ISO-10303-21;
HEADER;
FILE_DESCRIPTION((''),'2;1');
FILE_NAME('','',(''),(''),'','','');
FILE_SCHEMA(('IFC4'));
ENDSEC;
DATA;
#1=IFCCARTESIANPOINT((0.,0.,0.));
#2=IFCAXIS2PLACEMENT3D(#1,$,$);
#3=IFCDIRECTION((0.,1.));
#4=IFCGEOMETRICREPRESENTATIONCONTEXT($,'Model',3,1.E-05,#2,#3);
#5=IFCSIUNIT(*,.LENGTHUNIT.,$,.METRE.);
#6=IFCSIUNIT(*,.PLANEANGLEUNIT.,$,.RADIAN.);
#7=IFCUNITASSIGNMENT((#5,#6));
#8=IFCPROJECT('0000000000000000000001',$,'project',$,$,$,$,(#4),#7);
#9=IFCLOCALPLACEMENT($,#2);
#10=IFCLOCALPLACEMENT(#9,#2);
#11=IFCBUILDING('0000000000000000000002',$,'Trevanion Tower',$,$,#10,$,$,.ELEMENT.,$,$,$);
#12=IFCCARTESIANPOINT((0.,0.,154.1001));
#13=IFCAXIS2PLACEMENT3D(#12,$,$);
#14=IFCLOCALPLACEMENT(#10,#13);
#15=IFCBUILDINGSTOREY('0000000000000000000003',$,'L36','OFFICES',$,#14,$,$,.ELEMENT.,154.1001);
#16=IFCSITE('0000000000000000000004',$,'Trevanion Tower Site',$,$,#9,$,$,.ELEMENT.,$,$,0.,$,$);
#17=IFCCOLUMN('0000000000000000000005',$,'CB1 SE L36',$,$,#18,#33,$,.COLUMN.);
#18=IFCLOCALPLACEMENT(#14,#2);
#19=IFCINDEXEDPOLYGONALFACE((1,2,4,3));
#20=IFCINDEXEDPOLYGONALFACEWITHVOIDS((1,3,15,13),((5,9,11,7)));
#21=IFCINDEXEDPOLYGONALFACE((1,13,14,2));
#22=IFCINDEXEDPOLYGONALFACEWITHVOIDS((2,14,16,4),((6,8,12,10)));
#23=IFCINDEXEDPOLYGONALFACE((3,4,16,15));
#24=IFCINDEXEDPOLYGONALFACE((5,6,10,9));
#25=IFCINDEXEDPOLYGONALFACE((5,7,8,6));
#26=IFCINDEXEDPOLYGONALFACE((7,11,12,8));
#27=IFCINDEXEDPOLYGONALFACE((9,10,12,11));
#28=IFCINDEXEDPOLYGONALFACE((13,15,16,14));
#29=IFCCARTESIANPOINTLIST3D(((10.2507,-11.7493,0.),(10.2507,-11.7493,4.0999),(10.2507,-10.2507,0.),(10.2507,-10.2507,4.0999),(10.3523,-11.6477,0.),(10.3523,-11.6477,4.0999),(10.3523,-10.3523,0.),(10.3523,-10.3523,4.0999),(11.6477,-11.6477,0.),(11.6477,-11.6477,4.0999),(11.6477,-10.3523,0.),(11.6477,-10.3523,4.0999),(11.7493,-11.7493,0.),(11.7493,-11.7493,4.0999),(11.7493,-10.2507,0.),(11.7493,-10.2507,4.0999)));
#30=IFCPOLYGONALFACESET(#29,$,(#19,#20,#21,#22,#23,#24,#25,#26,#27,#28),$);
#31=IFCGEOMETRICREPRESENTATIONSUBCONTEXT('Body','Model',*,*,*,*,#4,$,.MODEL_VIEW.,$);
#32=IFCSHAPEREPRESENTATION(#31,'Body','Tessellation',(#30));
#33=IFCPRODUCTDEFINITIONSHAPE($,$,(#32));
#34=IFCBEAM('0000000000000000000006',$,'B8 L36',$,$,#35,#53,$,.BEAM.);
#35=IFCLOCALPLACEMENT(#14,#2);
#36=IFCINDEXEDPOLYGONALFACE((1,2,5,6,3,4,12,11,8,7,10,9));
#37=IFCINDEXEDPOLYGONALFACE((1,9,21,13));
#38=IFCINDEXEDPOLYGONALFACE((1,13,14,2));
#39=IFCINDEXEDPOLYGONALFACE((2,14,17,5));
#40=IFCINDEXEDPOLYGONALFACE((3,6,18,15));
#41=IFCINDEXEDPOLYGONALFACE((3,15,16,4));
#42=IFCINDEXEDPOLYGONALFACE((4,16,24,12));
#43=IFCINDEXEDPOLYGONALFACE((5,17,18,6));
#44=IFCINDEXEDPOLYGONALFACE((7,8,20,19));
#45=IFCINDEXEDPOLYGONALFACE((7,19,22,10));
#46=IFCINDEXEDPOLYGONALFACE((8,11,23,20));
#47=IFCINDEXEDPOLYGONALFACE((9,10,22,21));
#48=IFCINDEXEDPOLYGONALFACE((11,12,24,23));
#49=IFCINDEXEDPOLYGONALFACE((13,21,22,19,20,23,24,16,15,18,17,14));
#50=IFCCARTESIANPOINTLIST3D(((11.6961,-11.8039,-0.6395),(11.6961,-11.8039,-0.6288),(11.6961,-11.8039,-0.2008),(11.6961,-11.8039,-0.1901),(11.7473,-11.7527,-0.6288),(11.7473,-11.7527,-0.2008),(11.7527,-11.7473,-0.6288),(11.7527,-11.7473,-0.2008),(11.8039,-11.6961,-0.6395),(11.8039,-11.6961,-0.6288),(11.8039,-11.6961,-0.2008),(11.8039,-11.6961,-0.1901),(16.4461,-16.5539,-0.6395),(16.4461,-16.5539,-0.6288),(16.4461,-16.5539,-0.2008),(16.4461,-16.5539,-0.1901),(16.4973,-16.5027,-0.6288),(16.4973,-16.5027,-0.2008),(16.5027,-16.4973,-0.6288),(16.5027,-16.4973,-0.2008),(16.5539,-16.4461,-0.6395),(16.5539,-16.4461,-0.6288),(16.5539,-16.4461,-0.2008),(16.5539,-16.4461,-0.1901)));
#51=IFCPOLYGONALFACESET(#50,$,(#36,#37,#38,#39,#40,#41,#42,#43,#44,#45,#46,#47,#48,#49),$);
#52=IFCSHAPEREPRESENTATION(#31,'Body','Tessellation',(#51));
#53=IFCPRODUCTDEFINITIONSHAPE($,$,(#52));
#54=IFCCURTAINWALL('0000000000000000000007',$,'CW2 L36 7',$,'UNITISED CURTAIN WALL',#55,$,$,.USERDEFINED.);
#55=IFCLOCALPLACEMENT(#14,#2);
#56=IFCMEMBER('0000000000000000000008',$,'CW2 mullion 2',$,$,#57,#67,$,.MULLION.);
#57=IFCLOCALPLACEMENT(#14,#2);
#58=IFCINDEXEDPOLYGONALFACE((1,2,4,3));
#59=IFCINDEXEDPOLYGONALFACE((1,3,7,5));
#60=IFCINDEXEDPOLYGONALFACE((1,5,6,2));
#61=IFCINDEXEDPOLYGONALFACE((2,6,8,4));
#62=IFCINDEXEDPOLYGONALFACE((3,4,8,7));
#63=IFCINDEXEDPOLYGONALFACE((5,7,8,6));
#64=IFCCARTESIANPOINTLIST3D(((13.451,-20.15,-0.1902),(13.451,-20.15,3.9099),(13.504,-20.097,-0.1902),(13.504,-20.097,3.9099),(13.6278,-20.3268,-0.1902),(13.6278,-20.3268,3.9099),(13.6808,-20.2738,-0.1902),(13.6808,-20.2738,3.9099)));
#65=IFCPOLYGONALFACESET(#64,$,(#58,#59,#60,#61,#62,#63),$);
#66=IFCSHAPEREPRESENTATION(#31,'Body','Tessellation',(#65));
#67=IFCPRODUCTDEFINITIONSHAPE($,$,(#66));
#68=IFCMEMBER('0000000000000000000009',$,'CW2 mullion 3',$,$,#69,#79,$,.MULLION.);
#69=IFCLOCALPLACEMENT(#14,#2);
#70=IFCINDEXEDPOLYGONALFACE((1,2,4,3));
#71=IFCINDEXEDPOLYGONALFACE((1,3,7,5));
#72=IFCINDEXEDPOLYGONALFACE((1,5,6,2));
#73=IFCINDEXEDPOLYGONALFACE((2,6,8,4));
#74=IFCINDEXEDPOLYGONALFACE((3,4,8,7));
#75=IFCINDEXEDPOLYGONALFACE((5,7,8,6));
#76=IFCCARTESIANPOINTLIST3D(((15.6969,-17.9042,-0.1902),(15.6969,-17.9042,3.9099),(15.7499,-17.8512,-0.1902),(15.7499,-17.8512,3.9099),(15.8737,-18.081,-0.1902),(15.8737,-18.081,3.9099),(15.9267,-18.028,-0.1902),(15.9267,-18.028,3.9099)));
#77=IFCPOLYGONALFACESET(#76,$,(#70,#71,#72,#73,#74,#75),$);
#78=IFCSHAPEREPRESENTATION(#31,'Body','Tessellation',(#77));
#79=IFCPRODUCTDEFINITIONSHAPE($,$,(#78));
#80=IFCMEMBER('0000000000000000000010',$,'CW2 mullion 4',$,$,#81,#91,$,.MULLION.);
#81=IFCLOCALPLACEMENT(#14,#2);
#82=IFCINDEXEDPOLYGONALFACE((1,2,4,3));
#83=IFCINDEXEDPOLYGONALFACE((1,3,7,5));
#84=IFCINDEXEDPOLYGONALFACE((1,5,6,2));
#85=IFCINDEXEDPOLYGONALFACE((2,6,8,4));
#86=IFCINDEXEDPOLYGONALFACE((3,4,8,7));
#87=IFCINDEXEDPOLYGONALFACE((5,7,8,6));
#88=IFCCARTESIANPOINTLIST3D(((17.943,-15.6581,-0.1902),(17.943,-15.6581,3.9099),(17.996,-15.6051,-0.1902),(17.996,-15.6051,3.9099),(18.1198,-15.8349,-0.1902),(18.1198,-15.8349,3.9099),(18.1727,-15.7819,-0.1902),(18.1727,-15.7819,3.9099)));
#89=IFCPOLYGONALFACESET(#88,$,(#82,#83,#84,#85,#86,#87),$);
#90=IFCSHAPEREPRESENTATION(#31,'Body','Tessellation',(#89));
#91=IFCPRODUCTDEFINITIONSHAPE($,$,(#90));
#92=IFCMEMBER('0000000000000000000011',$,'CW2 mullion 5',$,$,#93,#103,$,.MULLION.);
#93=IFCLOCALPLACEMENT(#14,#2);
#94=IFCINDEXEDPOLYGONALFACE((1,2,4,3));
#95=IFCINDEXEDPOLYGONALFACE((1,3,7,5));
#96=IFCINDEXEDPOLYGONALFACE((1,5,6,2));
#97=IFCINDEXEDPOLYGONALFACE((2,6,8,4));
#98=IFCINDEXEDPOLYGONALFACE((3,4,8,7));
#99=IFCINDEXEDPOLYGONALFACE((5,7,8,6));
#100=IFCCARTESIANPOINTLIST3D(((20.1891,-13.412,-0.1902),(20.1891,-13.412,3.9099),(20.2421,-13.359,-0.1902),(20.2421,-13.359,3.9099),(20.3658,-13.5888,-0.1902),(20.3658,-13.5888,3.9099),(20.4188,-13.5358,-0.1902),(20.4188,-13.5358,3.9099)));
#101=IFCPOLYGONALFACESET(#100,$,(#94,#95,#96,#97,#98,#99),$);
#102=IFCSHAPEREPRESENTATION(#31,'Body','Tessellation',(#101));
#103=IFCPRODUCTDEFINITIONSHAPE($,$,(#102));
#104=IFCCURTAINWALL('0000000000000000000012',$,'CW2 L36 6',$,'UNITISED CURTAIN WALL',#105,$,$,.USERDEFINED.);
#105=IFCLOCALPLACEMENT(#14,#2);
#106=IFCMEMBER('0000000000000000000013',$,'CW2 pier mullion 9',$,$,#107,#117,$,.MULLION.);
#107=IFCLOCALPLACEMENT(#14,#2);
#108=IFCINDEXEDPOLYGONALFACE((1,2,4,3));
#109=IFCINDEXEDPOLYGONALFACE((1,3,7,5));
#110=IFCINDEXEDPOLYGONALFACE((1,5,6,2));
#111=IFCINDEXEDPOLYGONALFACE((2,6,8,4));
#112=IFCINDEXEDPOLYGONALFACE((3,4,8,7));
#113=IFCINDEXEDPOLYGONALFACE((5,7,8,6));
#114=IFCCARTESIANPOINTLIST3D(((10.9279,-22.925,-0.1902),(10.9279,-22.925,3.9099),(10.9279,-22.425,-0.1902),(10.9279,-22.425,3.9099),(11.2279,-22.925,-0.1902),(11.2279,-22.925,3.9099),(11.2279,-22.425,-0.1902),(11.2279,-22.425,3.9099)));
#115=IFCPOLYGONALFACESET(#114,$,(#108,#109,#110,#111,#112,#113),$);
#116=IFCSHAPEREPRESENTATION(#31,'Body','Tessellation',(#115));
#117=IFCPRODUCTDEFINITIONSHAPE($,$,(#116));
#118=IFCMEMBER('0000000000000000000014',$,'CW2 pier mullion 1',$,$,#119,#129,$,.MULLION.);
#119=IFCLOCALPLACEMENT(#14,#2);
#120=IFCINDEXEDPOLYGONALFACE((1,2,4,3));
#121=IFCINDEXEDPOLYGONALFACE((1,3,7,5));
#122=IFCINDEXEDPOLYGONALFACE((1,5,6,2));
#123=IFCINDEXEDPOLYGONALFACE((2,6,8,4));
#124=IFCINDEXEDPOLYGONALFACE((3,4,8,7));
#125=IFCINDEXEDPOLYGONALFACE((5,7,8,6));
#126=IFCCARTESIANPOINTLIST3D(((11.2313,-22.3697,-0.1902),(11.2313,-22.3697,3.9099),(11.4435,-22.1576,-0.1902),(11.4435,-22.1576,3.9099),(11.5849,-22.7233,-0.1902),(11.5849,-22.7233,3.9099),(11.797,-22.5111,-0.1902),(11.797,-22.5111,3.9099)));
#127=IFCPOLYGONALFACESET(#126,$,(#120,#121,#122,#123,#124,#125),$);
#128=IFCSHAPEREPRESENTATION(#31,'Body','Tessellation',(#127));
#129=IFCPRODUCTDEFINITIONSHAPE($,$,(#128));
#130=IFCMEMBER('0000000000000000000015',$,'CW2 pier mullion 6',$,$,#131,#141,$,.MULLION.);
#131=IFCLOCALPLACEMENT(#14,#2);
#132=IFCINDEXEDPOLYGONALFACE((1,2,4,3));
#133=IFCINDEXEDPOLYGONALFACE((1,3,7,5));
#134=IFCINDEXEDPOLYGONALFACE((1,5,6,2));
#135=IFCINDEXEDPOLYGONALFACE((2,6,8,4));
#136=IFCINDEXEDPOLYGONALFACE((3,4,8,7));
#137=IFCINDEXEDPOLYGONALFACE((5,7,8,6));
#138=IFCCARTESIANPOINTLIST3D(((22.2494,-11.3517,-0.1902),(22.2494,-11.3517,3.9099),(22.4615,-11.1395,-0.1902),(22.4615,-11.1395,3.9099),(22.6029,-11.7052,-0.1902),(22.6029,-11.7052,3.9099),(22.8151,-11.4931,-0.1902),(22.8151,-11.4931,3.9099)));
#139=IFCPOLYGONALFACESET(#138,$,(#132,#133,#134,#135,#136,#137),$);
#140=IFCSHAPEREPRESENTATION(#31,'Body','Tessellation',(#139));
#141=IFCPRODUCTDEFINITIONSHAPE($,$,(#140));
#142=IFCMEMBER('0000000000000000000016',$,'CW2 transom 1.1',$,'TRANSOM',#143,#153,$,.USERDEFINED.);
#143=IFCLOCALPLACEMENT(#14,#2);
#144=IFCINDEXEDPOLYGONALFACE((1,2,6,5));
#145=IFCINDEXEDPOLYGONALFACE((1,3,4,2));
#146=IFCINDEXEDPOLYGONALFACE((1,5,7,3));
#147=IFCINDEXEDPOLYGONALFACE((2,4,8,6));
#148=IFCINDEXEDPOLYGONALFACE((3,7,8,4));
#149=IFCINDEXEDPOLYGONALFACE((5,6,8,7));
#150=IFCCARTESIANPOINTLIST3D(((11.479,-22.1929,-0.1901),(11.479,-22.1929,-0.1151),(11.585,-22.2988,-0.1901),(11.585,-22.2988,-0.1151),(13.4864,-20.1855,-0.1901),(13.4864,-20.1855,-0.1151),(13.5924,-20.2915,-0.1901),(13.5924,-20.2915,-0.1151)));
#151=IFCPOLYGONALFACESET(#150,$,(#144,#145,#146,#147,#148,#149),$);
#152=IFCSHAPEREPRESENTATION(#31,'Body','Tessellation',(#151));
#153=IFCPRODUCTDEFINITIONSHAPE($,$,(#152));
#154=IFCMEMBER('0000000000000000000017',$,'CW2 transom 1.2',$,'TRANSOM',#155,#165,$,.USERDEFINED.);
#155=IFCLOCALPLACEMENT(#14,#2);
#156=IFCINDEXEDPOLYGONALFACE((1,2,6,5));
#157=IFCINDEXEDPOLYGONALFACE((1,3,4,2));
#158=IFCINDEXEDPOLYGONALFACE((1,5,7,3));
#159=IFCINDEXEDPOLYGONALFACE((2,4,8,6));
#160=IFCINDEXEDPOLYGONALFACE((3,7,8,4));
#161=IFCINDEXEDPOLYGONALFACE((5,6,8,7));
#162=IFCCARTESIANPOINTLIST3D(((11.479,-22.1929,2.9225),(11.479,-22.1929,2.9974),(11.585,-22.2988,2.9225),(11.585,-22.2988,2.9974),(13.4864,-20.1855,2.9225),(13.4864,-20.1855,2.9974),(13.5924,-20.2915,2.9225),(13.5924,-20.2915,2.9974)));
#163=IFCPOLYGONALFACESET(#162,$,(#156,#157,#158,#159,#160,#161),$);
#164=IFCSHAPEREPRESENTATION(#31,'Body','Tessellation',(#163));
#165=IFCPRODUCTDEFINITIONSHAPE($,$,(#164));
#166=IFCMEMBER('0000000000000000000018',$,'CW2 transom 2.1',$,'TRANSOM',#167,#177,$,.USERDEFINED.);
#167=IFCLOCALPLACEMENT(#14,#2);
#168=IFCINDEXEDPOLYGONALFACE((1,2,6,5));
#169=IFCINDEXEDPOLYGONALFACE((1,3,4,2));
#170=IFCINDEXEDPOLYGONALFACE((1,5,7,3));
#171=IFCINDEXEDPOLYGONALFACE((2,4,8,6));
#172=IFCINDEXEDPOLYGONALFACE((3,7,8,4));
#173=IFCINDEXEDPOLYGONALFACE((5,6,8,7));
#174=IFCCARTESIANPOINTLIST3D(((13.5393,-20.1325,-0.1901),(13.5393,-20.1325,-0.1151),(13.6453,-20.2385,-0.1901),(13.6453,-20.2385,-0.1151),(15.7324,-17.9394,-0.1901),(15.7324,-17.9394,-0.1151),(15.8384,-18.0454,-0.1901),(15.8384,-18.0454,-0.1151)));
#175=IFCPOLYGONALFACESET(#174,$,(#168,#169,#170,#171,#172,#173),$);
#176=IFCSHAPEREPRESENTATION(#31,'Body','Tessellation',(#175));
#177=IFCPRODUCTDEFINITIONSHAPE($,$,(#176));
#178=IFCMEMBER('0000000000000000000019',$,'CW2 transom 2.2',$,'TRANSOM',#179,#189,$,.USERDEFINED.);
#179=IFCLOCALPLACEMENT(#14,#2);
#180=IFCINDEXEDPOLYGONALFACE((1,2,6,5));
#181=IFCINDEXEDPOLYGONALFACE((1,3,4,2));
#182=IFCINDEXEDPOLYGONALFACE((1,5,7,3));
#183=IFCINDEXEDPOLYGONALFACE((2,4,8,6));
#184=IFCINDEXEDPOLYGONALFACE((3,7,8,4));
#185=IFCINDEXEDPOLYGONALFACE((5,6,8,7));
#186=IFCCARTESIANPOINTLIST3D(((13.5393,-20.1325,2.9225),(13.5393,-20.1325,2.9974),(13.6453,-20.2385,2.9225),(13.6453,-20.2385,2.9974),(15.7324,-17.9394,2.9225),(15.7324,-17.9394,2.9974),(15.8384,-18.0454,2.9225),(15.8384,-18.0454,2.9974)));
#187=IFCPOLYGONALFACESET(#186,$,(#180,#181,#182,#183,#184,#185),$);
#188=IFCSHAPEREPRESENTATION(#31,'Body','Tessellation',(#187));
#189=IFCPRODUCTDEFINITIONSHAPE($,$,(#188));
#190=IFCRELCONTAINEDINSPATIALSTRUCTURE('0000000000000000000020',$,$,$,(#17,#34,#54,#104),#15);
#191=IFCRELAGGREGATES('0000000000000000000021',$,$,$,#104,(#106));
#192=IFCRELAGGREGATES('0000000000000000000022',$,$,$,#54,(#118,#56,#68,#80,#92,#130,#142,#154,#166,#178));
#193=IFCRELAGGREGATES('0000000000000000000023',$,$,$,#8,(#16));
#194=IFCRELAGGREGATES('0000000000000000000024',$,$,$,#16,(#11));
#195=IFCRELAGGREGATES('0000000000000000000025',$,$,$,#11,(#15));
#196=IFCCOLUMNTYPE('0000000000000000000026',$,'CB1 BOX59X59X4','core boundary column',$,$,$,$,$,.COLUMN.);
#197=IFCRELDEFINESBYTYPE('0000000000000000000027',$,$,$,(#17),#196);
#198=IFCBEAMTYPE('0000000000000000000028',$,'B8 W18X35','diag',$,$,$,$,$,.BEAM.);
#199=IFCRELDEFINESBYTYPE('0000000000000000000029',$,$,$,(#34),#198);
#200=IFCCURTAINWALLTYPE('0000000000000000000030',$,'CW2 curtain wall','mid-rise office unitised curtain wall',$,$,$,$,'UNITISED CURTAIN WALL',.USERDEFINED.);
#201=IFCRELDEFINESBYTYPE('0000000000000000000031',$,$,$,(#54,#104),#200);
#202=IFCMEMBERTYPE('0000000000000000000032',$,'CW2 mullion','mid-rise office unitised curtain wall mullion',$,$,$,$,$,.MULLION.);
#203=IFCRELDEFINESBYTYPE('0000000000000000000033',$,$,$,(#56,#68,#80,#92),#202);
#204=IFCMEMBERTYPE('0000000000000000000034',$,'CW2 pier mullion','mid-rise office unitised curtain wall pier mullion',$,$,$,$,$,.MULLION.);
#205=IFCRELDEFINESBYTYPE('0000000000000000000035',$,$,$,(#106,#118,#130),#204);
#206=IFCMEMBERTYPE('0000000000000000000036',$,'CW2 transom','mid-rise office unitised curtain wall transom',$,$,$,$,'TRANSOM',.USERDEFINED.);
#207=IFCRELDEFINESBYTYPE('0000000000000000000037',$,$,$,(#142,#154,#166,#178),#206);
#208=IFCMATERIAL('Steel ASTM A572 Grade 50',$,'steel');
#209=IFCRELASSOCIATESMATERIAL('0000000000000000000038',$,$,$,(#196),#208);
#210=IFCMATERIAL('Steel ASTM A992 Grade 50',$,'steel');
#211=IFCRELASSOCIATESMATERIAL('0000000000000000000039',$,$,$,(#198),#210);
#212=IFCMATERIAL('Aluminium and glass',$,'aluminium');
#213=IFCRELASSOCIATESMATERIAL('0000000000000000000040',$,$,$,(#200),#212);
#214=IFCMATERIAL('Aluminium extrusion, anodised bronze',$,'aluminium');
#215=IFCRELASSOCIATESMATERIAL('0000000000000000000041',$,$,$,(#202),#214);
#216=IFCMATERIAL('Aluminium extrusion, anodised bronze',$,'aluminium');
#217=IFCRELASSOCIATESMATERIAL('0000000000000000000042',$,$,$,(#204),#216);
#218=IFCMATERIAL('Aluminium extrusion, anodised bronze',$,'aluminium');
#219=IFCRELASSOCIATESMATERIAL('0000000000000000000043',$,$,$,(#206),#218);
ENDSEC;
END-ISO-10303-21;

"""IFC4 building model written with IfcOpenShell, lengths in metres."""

from ifc_helpers import new_model, si_unit, direction, frame, origin, origin_2d, place, context, subcontext, project, spatial, rectangle, hollow_rectangle, i_section, extrude, material, material_profile, profile_set, type_object, element, aggregate, save


model = new_model("IFC4")

# Units and contexts
model_context = context("Model", 3, precision=1e-05, world=origin(), true_north=direction((0.0, 1.0)))
body_context = subcontext(model_context, "Body", "Model", "MODEL_VIEW")
ifc_project = project(units=[si_unit("LENGTHUNIT", "METRE"), si_unit("PLANEANGLEUNIT", "RADIAN")], contexts=[model_context])

# Site, building, storey
site_placement = place(None, origin())
site = spatial("IfcSite", under=ifc_project, at=site_placement, Name="Trevanion Tower Site", CompositionType="ELEMENT", RefElevation=0.0)
building_placement = place(site_placement, origin())
building = spatial("IfcBuilding", under=site, at=building_placement, Name="Trevanion Tower", CompositionType="ELEMENT")
storey_placement = place(building_placement, frame((0.0, 0.0, 154.1001)))
storey = spatial("IfcBuildingStorey", under=building, at=storey_placement, Name="L36", Description="OFFICES", CompositionType="ELEMENT", Elevation=154.1001)

# Column
ifc_material_1 = material(Name="Steel ASTM A572 Grade 50", Category="steel")
ifc_material_profile_1 = material_profile(ifc_material_1, hollow_rectangle(XDim=1.4985, YDim=1.4985, WallThickness=0.1016, at=origin_2d()), Name="BOX59X59X4")
ifc_profile_set_1 = profile_set([ifc_material_profile_1], Name="Steel ASTM A572 Grade 50")
column_type = type_object("IfcColumnType", Name="CB1 BOX59X59X4", Description="core boundary column", PredefinedType="COLUMN", material=ifc_profile_set_1)
column_placement = place(storey_placement, frame((11.0, -11.0, 0.0), z_axis=(0.0, 0.0, 1.0), x_axis=(1.0, 0.0, 0.0)))
element("IfcColumn", 1, at=column_placement, inside=storey, type_object=column_type, Name="CB1 SE L36", PredefinedType="COLUMN", context=body_context, shape_type="SweptSolid", body=[
    extrude(hollow_rectangle(XDim=1.4985, YDim=1.4985, WallThickness=0.1016, at=origin_2d()), origin(), (0.0, 0.0, 1.0), 4.0999),
])

# Beam
ifc_material_2 = material(Name="Steel ASTM A992 Grade 50", Category="steel")
ifc_material_profile_2 = material_profile(ifc_material_2, i_section(OverallWidth=0.1523, OverallDepth=0.4495, WebThickness=0.0076, FlangeThickness=0.0107, at=origin_2d()), Name="W18X35")
ifc_profile_set_2 = profile_set([ifc_material_profile_2], Name="Steel ASTM A992 Grade 50")
beam_type = type_object("IfcBeamType", Name="B8 W18X35", Description="diag", PredefinedType="BEAM", material=ifc_profile_set_2)
beam_placement = place(storey_placement, frame((11.75, -11.75, -0.4148), z_axis=(0.707107, -0.707107, 0.0), x_axis=(0.707107, 0.707107, 0.0)))
element("IfcBeam", 2, at=beam_placement, inside=storey, type_object=beam_type, Name="B8 L36", PredefinedType="BEAM", context=body_context, shape_type="SweptSolid", body=[
    extrude(i_section(OverallWidth=0.1523, OverallDepth=0.4495, WebThickness=0.0076, FlangeThickness=0.0107, at=origin_2d()), origin(), (0.0, 0.0, 1.0), 6.7175),
])

# Curtain wall, members
ifc_material_3 = material(Name="Aluminium and glass", Category="aluminium")
curtain_wall_type = type_object("IfcCurtainWallType", Name="CW2 curtain wall", Description="mid-rise office unitised curtain wall", ElementType="UNITISED CURTAIN WALL", PredefinedType="USERDEFINED", material=ifc_material_3)
curtain_wall_1_placement = place(storey_placement, origin())
curtain_wall_1 = element("IfcCurtainWall", 3, at=curtain_wall_1_placement, inside=storey, type_object=curtain_wall_type, Name="CW2 L36 7", ObjectType="UNITISED CURTAIN WALL", PredefinedType="USERDEFINED")
ifc_material_4 = material(Name="Aluminium extrusion, anodised bronze", Category="aluminium")
ifc_material_profile_3 = material_profile(ifc_material_4, rectangle(XDim=0.075, YDim=0.25, at=origin_2d()), Name="CW2 mullion")
ifc_profile_set_3 = profile_set([ifc_material_profile_3], Name="Aluminium extrusion, anodised bronze")
member_type_1 = type_object("IfcMemberType", Name="CW2 mullion", Description="mid-rise office unitised curtain wall mullion", PredefinedType="MULLION", material=ifc_profile_set_3)
member_1_placement = place(storey_placement, frame((13.5659, -20.2119, -0.1902), z_axis=(0.0, 0.0, 1.0), x_axis=(0.707107, 0.707107, 0.0)))
member_1 = element("IfcMember", 4, at=member_1_placement, type_object=member_type_1, Name="CW2 mullion 2", PredefinedType="MULLION", context=body_context, shape_type="SweptSolid", body=[
    extrude(rectangle(XDim=0.075, YDim=0.25, at=origin_2d()), origin(), (0.0, 0.0, 1.0), 4.1001),
])
member_2_placement = place(storey_placement, frame((15.8118, -17.9661, -0.1902), z_axis=(0.0, 0.0, 1.0), x_axis=(0.707107, 0.707107, 0.0)))
member_2 = element("IfcMember", 5, at=member_2_placement, type_object=member_type_1, Name="CW2 mullion 3", PredefinedType="MULLION", context=body_context, shape_type="SweptSolid", body=[
    extrude(rectangle(XDim=0.075, YDim=0.25, at=origin_2d()), origin(), (0.0, 0.0, 1.0), 4.1001),
])
member_3_placement = place(storey_placement, frame((18.0579, -15.72, -0.1902), z_axis=(0.0, 0.0, 1.0), x_axis=(0.707107, 0.707107, 0.0)))
member_3 = element("IfcMember", 6, at=member_3_placement, type_object=member_type_1, Name="CW2 mullion 4", PredefinedType="MULLION", context=body_context, shape_type="SweptSolid", body=[
    extrude(rectangle(XDim=0.075, YDim=0.25, at=origin_2d()), origin(), (0.0, 0.0, 1.0), 4.1001),
])
member_4_placement = place(storey_placement, frame((20.304, -13.4739, -0.1902), z_axis=(0.0, 0.0, 1.0), x_axis=(0.707107, 0.707107, 0.0)))
member_4 = element("IfcMember", 7, at=member_4_placement, type_object=member_type_1, Name="CW2 mullion 5", PredefinedType="MULLION", context=body_context, shape_type="SweptSolid", body=[
    extrude(rectangle(XDim=0.075, YDim=0.25, at=origin_2d()), origin(), (0.0, 0.0, 1.0), 4.1001),
])

# Curtain wall, member
curtain_wall_2_placement = place(storey_placement, origin())
curtain_wall_2 = element("IfcCurtainWall", 8, at=curtain_wall_2_placement, inside=storey, type_object=curtain_wall_type, Name="CW2 L36 6", ObjectType="UNITISED CURTAIN WALL", PredefinedType="USERDEFINED")
ifc_material_5 = material(Name="Aluminium extrusion, anodised bronze", Category="aluminium")
ifc_material_profile_4 = material_profile(ifc_material_5, rectangle(XDim=0.3, YDim=0.5, at=origin_2d()), Name="CW2 pier mullion")
ifc_profile_set_4 = profile_set([ifc_material_profile_4], Name="Aluminium extrusion, anodised bronze")
member_type_2 = type_object("IfcMemberType", Name="CW2 pier mullion", Description="mid-rise office unitised curtain wall pier mullion", PredefinedType="MULLION", material=ifc_profile_set_4)
member_5_placement = place(storey_placement, frame((11.0779, -22.675, -0.1902), z_axis=(0.0, 0.0, 1.0), x_axis=(1.0, 0.0, 0.0)))
member_5 = element("IfcMember", 9, at=member_5_placement, type_object=member_type_2, Name="CW2 pier mullion 9", PredefinedType="MULLION", context=body_context, shape_type="SweptSolid", body=[
    extrude(rectangle(XDim=0.3, YDim=0.5, at=origin_2d()), origin(), (0.0, 0.0, 1.0), 4.1001),
])
aggregate(curtain_wall_2, [member_5])

# Members
member_6_placement = place(storey_placement, frame((11.5142, -22.4404, -0.1902), z_axis=(0.0, 0.0, 1.0), x_axis=(0.707107, 0.707107, 0.0)))
member_6 = element("IfcMember", 10, at=member_6_placement, type_object=member_type_2, Name="CW2 pier mullion 1", PredefinedType="MULLION", context=body_context, shape_type="SweptSolid", body=[
    extrude(rectangle(XDim=0.3, YDim=0.5, at=origin_2d()), origin(), (0.0, 0.0, 1.0), 4.1001),
])
member_7_placement = place(storey_placement, frame((22.5322, -11.4224, -0.1902), z_axis=(0.0, 0.0, 1.0), x_axis=(0.707107, 0.707107, 0.0)))
member_7 = element("IfcMember", 11, at=member_7_placement, type_object=member_type_2, Name="CW2 pier mullion 6", PredefinedType="MULLION", context=body_context, shape_type="SweptSolid", body=[
    extrude(rectangle(XDim=0.3, YDim=0.5, at=origin_2d()), origin(), (0.0, 0.0, 1.0), 4.1001),
])
ifc_material_6 = material(Name="Aluminium extrusion, anodised bronze", Category="aluminium")
ifc_material_profile_5 = material_profile(ifc_material_6, rectangle(XDim=0.1499, YDim=0.075, at=origin_2d()), Name="CW2 transom")
ifc_profile_set_5 = profile_set([ifc_material_profile_5], Name="Aluminium extrusion, anodised bronze")
member_type_3 = type_object("IfcMemberType", Name="CW2 transom", Description="mid-rise office unitised curtain wall transom", ElementType="TRANSOM", PredefinedType="USERDEFINED", material=ifc_profile_set_5)
member_8_placement = place(storey_placement, frame((11.532, -22.2458, -0.1526), z_axis=(0.707107, 0.707107, 0.0), x_axis=(-0.707107, 0.707107, 0.0)))
member_8 = element("IfcMember", 12, at=member_8_placement, type_object=member_type_3, Name="CW2 transom 1.1", ObjectType="TRANSOM", PredefinedType="USERDEFINED", context=body_context, shape_type="SweptSolid", body=[
    extrude(rectangle(XDim=0.1499, YDim=0.075, at=origin_2d()), origin(), (0.0, 0.0, 1.0), 2.8389),
])
member_9_placement = place(storey_placement, frame((11.532, -22.2458, 2.96), z_axis=(0.707107, 0.707107, 0.0), x_axis=(-0.707107, 0.707107, 0.0)))
member_9 = element("IfcMember", 13, at=member_9_placement, type_object=member_type_3, Name="CW2 transom 1.2", ObjectType="TRANSOM", PredefinedType="USERDEFINED", context=body_context, shape_type="SweptSolid", body=[
    extrude(rectangle(XDim=0.1499, YDim=0.075, at=origin_2d()), origin(), (0.0, 0.0, 1.0), 2.8389),
])
member_10_placement = place(storey_placement, frame((13.5923, -20.1855, -0.1526), z_axis=(0.707107, 0.707107, 0.0), x_axis=(-0.707107, 0.707107, 0.0)))
member_10 = element("IfcMember", 14, at=member_10_placement, type_object=member_type_3, Name="CW2 transom 2.1", ObjectType="TRANSOM", PredefinedType="USERDEFINED", context=body_context, shape_type="SweptSolid", body=[
    extrude(rectangle(XDim=0.1499, YDim=0.075, at=origin_2d()), origin(), (0.0, 0.0, 1.0), 3.1016),
])
member_11_placement = place(storey_placement, frame((13.5923, -20.1855, 2.96), z_axis=(0.707107, 0.707107, 0.0), x_axis=(-0.707107, 0.707107, 0.0)))
member_11 = element("IfcMember", 15, at=member_11_placement, type_object=member_type_3, Name="CW2 transom 2.2", ObjectType="TRANSOM", PredefinedType="USERDEFINED", context=body_context, shape_type="SweptSolid", body=[
    extrude(rectangle(XDim=0.1499, YDim=0.075, at=origin_2d()), origin(), (0.0, 0.0, 1.0), 3.1016),
])

aggregate(curtain_wall_1, [member_6, member_1, member_2, member_3, member_4, member_7, member_8, member_9, member_10, member_11])

save(model, "model.ifc")
